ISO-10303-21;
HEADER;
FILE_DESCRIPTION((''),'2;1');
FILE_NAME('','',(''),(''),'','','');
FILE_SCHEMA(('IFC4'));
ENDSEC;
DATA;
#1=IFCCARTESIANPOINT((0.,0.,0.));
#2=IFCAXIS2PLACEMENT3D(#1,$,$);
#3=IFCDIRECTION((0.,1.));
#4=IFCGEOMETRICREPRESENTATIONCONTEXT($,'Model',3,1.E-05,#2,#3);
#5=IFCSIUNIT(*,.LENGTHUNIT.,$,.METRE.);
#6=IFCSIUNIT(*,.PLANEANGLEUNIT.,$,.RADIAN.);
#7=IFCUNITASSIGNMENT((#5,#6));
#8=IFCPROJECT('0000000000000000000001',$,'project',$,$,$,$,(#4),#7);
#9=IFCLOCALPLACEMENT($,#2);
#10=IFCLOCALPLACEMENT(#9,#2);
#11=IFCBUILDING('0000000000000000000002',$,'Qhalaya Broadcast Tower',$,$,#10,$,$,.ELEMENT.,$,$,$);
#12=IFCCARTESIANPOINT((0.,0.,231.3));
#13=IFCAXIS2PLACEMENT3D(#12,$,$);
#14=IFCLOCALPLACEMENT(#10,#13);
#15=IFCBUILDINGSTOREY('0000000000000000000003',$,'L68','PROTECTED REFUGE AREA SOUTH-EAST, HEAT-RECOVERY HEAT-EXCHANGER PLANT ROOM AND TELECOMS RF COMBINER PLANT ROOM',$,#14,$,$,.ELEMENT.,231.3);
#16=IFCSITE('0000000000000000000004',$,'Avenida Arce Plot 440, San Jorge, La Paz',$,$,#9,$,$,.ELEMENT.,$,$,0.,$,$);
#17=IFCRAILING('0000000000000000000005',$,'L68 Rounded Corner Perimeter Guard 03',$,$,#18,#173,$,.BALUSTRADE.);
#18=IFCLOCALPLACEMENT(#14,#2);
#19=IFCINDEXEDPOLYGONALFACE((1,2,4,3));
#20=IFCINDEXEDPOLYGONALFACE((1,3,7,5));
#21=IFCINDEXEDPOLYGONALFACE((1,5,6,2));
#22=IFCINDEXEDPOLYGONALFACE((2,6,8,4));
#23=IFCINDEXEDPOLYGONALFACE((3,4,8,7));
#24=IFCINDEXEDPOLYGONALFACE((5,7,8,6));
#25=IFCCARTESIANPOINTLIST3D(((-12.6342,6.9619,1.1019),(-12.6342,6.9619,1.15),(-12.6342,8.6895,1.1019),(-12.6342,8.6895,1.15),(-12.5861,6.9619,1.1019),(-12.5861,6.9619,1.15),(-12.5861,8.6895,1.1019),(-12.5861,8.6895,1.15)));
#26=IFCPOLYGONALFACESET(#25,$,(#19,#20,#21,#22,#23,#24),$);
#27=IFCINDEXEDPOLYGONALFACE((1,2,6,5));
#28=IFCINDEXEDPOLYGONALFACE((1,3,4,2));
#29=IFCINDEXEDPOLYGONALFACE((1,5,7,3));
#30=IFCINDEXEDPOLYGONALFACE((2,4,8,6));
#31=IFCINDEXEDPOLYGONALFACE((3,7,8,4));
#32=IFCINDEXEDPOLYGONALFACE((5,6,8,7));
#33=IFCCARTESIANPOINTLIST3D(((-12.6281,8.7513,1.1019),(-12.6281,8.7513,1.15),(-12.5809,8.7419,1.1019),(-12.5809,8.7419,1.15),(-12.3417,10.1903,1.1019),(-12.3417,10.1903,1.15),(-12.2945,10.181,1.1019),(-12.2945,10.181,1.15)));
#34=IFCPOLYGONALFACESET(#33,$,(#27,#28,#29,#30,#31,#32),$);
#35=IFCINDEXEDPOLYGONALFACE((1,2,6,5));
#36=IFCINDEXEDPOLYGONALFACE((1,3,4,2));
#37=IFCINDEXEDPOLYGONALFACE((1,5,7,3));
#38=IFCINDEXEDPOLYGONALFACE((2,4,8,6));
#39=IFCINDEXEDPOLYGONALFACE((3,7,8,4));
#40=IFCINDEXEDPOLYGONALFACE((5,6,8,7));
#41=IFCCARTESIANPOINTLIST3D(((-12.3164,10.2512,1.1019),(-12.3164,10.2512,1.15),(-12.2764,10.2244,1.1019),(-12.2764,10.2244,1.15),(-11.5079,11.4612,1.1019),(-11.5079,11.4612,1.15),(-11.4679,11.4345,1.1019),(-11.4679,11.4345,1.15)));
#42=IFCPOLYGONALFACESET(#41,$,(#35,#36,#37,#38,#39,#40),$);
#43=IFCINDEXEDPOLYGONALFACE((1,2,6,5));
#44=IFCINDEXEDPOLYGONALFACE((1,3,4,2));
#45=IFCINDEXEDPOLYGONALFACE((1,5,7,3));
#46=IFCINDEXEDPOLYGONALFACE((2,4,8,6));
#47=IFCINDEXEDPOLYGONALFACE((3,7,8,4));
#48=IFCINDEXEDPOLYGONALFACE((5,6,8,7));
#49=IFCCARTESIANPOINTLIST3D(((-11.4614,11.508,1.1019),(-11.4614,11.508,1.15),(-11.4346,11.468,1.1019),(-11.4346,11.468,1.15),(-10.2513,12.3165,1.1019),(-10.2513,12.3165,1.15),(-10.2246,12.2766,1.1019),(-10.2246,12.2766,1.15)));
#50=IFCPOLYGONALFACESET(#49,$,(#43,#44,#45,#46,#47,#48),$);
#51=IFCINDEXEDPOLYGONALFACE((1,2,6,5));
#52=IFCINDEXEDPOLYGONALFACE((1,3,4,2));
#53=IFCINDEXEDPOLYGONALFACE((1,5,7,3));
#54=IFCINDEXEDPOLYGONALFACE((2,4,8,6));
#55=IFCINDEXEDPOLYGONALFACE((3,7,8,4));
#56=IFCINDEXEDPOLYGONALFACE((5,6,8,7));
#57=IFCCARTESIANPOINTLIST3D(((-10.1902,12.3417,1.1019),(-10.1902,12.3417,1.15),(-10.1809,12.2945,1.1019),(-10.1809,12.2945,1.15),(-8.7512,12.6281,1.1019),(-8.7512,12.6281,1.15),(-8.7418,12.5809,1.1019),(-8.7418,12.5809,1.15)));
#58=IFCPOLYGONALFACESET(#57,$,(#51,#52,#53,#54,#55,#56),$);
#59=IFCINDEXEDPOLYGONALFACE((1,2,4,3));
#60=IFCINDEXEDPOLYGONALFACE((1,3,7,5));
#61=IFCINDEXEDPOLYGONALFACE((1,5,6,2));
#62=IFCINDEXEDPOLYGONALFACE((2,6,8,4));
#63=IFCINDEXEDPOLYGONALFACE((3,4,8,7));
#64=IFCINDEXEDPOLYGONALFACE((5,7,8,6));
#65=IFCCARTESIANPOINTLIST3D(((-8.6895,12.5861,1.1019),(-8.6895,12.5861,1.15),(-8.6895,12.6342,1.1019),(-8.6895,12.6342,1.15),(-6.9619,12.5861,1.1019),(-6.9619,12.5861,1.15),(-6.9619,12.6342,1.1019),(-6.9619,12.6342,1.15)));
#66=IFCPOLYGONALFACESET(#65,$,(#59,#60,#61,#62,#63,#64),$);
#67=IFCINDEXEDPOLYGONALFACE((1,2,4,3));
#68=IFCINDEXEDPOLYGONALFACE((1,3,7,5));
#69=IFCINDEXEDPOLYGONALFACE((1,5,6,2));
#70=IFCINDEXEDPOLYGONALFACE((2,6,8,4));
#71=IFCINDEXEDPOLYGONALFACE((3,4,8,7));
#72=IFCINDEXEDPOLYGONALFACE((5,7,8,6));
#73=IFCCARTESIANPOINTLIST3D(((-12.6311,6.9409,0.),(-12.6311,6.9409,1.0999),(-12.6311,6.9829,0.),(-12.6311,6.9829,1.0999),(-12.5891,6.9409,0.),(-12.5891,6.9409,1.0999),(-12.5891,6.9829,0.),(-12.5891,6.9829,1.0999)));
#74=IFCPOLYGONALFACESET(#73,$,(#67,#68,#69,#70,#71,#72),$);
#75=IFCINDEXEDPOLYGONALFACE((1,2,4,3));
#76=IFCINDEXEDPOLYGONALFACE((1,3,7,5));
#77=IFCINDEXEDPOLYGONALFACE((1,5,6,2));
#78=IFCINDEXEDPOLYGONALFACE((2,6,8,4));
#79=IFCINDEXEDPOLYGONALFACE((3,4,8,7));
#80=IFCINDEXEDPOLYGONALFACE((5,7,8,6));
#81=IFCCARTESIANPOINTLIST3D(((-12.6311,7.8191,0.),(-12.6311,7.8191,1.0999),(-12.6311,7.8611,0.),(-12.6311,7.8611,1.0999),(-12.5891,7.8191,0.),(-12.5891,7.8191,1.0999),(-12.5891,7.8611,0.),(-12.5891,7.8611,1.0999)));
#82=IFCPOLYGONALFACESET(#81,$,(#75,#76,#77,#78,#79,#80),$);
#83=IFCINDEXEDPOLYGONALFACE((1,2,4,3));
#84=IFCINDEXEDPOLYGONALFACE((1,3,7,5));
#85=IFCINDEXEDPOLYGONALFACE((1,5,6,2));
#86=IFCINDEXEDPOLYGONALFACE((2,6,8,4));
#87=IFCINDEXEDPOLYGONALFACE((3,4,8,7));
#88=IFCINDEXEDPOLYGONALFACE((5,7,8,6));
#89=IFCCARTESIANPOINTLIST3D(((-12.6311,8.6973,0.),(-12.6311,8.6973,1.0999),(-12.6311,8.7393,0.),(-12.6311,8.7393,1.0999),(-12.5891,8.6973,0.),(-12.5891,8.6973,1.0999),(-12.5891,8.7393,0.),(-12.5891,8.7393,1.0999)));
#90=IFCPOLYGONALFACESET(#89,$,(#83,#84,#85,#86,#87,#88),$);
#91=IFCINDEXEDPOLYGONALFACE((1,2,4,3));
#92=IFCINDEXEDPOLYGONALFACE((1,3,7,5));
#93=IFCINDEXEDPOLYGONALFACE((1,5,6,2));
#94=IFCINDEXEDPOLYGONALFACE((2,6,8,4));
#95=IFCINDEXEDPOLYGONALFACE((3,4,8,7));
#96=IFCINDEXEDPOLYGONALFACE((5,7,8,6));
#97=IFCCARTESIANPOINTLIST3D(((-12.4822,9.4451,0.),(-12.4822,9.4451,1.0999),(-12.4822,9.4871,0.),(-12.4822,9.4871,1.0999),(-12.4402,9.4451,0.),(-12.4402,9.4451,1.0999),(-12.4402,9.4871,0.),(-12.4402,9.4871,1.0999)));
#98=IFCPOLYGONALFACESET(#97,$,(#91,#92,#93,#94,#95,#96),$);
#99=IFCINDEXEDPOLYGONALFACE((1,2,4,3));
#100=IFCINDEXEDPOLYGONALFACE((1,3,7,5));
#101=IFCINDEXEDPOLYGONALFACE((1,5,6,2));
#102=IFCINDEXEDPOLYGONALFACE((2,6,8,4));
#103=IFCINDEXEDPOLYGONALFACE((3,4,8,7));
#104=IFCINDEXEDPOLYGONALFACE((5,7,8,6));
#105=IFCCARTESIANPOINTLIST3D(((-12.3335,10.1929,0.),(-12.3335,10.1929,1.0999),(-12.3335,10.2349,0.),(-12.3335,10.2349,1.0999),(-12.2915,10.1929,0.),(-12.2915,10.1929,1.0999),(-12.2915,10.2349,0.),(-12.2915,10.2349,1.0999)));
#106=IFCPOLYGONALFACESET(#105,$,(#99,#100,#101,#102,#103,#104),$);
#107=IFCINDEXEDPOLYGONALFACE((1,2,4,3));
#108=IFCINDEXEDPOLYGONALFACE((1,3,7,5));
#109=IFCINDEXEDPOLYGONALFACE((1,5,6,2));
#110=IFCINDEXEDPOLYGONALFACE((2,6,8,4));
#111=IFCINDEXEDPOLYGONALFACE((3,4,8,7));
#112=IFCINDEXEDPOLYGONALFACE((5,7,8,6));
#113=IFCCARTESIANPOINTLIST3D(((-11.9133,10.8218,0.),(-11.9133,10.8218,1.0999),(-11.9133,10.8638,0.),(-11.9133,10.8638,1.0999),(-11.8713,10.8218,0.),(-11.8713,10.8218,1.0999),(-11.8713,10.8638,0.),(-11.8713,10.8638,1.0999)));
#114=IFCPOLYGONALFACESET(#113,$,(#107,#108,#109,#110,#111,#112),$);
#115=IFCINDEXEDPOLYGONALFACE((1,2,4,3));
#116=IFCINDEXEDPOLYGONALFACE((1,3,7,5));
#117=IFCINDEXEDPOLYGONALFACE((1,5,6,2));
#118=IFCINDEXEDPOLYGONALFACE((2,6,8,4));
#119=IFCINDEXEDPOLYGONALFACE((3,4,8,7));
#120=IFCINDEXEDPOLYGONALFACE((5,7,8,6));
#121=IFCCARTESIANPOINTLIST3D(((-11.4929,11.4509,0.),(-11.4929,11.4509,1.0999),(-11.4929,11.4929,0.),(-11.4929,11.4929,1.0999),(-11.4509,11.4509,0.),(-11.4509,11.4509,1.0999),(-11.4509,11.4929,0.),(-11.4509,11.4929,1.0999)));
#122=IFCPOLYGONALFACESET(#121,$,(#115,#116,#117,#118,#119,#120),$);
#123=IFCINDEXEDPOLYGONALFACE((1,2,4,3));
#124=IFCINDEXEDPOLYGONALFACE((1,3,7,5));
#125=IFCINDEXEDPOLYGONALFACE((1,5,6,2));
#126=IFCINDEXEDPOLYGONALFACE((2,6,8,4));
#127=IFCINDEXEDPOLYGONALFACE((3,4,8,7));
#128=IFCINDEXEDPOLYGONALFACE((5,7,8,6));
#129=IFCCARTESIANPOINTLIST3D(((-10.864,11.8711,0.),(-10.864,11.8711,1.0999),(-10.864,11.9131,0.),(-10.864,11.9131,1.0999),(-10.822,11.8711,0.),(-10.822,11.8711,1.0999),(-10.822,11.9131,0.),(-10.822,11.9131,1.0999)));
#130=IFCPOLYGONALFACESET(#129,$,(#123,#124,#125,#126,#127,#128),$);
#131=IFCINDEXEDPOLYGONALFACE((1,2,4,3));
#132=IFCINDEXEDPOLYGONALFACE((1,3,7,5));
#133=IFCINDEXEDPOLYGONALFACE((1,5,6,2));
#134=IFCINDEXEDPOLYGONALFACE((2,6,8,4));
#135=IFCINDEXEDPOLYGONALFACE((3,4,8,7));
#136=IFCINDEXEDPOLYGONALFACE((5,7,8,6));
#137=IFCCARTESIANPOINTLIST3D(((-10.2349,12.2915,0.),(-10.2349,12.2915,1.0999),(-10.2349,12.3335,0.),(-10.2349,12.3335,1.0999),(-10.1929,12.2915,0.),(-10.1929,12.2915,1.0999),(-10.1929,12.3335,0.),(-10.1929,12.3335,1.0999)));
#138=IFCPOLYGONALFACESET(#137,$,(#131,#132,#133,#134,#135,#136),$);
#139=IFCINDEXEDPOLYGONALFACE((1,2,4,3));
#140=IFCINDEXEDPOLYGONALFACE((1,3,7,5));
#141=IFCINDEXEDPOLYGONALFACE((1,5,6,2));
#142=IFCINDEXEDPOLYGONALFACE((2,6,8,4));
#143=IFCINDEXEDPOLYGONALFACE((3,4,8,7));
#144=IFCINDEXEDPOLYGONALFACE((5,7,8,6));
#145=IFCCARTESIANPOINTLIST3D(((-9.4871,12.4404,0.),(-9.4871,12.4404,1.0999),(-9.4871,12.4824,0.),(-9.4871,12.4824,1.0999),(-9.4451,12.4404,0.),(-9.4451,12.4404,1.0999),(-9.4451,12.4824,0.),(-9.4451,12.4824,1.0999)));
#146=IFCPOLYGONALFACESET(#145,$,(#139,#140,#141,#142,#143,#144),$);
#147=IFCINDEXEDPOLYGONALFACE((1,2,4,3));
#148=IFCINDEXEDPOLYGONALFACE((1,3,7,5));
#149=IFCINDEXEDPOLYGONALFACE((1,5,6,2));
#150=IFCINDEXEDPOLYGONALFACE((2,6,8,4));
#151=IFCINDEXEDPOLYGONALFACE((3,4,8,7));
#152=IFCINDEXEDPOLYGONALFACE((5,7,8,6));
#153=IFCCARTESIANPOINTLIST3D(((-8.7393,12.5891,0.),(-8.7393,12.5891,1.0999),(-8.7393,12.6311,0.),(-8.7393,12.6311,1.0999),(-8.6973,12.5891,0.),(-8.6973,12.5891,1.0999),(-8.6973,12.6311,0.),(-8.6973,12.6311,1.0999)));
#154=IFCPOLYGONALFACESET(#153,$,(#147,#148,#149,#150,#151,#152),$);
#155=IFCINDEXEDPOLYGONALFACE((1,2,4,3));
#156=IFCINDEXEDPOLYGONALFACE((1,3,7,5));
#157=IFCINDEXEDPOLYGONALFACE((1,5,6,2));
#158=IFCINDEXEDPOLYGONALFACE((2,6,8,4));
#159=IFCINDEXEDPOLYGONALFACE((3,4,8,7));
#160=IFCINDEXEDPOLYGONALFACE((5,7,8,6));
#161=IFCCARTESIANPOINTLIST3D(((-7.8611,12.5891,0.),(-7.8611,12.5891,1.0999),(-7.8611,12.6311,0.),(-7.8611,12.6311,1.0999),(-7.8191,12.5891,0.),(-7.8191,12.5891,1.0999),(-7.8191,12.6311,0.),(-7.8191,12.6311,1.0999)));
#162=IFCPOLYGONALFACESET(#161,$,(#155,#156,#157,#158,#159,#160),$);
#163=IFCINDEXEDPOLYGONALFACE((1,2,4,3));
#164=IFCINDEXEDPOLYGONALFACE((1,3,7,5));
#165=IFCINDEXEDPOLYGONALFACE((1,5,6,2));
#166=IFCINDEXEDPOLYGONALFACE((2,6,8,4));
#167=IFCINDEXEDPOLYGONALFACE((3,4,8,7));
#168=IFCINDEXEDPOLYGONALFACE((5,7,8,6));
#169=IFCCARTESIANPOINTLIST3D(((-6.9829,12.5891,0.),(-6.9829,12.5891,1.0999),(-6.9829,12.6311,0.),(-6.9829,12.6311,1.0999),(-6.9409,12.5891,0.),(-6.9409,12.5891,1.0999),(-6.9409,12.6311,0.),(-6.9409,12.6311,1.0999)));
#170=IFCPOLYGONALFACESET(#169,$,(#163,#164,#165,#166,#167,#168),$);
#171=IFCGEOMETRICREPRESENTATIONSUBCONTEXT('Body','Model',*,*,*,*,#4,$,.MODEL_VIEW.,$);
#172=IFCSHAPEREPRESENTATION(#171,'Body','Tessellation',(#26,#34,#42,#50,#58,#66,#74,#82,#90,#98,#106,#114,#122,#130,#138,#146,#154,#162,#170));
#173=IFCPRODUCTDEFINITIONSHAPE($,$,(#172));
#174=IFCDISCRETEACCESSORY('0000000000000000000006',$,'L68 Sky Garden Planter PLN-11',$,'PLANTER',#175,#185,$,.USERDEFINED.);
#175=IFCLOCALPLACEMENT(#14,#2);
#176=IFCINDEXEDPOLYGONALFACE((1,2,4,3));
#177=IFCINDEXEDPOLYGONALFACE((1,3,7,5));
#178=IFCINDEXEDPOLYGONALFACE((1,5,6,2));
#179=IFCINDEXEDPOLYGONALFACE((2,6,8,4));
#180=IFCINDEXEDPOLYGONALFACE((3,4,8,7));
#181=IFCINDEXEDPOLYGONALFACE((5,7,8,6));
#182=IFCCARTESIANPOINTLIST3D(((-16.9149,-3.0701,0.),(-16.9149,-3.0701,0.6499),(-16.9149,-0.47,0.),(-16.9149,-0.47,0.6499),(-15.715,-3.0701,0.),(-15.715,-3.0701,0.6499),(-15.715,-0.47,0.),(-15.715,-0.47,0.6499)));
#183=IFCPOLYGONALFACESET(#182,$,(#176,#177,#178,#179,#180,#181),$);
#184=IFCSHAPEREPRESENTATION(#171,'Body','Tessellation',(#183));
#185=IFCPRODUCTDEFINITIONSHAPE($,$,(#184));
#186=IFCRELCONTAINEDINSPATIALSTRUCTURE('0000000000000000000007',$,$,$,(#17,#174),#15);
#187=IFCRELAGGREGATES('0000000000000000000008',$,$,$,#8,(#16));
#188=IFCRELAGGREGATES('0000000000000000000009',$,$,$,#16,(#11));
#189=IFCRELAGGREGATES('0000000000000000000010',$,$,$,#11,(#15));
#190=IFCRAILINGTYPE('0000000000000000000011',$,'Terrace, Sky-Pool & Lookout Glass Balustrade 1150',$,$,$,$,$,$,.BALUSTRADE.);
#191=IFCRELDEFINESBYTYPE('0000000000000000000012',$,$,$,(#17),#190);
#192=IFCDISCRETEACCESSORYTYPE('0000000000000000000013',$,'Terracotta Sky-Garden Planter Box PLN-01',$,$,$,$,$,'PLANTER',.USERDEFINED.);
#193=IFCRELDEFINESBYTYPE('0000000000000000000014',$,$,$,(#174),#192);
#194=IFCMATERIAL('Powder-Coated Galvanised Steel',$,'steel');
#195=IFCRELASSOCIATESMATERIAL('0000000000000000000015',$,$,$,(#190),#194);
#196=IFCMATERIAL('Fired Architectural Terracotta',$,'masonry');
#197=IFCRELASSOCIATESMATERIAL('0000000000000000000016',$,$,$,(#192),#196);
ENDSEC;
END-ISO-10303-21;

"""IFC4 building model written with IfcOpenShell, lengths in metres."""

from ifc_helpers import new_model, si_unit, direction, frame, origin, origin_2d, place, context, subcontext, project, spatial, rectangle, extrude, material, type_object, element, save


model = new_model("IFC4")

# Units and contexts
model_context = context("Model", 3, precision=1e-05, world=origin(), true_north=direction((0.0, 1.0)))
body_context = subcontext(model_context, "Body", "Model", "MODEL_VIEW")
ifc_project = project(units=[si_unit("LENGTHUNIT", "METRE"), si_unit("PLANEANGLEUNIT", "RADIAN")], contexts=[model_context])

# Site, building, storey
site_placement = place(None, origin())
site = spatial("IfcSite", under=ifc_project, at=site_placement, Name="Avenida Arce Plot 440, San Jorge, La Paz", CompositionType="ELEMENT", RefElevation=0.0)
building_placement = place(site_placement, origin())
building = spatial("IfcBuilding", under=site, at=building_placement, Name="Qhalaya Broadcast Tower", CompositionType="ELEMENT")
storey_placement = place(building_placement, frame((0.0, 0.0, 231.3)))
storey = spatial("IfcBuildingStorey", under=building, at=storey_placement, Name="L68", Description="PROTECTED REFUGE AREA SOUTH-EAST, HEAT-RECOVERY HEAT-EXCHANGER PLANT ROOM AND TELECOMS RF COMBINER PLANT ROOM", CompositionType="ELEMENT", Elevation=231.3)

# Shared definitions
ifc_material_1 = material(Name="Fired Architectural Terracotta", Category="masonry")

# Railing
ifc_material_2 = material(Name="Powder-Coated Galvanised Steel", Category="steel")
railing_type = type_object("IfcRailingType", Name="Terrace, Sky-Pool & Lookout Glass Balustrade 1150", PredefinedType="BALUSTRADE", material=ifc_material_2)
railing_placement = place(storey_placement, frame((-12.6101, 6.9619, 0.0)))
element("IfcRailing", 1, at=railing_placement, inside=storey, type_object=railing_type, Name="L68 Rounded Corner Perimeter Guard 03", PredefinedType="BALUSTRADE", context=body_context, shape_type="SweptSolid", body=[
    extrude(rectangle(XDim=0.0481, YDim=0.0481, at=origin_2d()), frame((0.0, 0.0, 1.126), z_axis=(0.0, 1.0, 0.0), x_axis=(-1.0, 0.0, 0.0)), (0.0, 0.0, 1.0), 1.7275),
    extrude(rectangle(XDim=0.0481, YDim=0.0481, at=origin_2d()), frame((0.0056, 1.7847, 1.126), z_axis=(0.195162, 0.980771, 0.0), x_axis=(-0.980771, 0.195162, 0.0)), (0.0, 0.0, 1.0), 1.4673),
    extrude(rectangle(XDim=0.0481, YDim=0.0481, at=origin_2d()), frame((0.3137, 3.2759, 1.126), z_axis=(0.555556, 0.831479, 0.0), x_axis=(-0.831479, 0.555556, 0.0)), (0.0, 0.0, 1.0), 1.4553),
    extrude(rectangle(XDim=0.0481, YDim=0.0481, at=origin_2d()), frame((1.1621, 4.5261, 1.126), z_axis=(0.831479, 0.555556, 0.0), x_axis=(-0.555556, 0.831479, 0.0)), (0.0, 0.0, 1.0), 1.4553),
    extrude(rectangle(XDim=0.0481, YDim=0.0481, at=origin_2d()), frame((2.4246, 5.3562, 1.126), z_axis=(0.980771, 0.195162, 0.0), x_axis=(-0.195162, 0.980771, 0.0)), (0.0, 0.0, 1.0), 1.4673),
    extrude(rectangle(XDim=0.0481, YDim=0.0481, at=origin_2d()), frame((3.9207, 5.6482, 1.126), z_axis=(1.0, 0.0, 0.0), x_axis=(0.0, 1.0, 0.0)), (0.0, 0.0, 1.0), 1.7275),
    extrude(rectangle(XDim=0.042, YDim=0.042, at=origin_2d()), origin(), (0.0, 0.0, 1.0), 1.0999),
    extrude(rectangle(XDim=0.042, YDim=0.042, at=origin_2d()), frame((0.0, 0.8782, 0.0)), (0.0, 0.0, 1.0), 1.0999),
    extrude(rectangle(XDim=0.042, YDim=0.042, at=origin_2d()), frame((0.0, 1.7563, 0.0)), (0.0, 0.0, 1.0), 1.0999),
    extrude(rectangle(XDim=0.042, YDim=0.042, at=origin_2d()), frame((0.1489, 2.5042, 0.0)), (0.0, 0.0, 1.0), 1.0999),
    extrude(rectangle(XDim=0.042, YDim=0.042, at=origin_2d()), frame((0.2976, 3.252, 0.0)), (0.0, 0.0, 1.0), 1.0999),
    extrude(rectangle(XDim=0.042, YDim=0.042, at=origin_2d()), frame((0.7178, 3.8809, 0.0)), (0.0, 0.0, 1.0), 1.0999),
    extrude(rectangle(XDim=0.042, YDim=0.042, at=origin_2d()), frame((1.1382, 4.51, 0.0)), (0.0, 0.0, 1.0), 1.0999),
    extrude(rectangle(XDim=0.042, YDim=0.042, at=origin_2d()), frame((1.7671, 4.9302, 0.0)), (0.0, 0.0, 1.0), 1.0999),
    extrude(rectangle(XDim=0.042, YDim=0.042, at=origin_2d()), frame((2.3962, 5.3506, 0.0)), (0.0, 0.0, 1.0), 1.0999),
    extrude(rectangle(XDim=0.042, YDim=0.042, at=origin_2d()), frame((3.144, 5.4995, 0.0)), (0.0, 0.0, 1.0), 1.0999),
    extrude(rectangle(XDim=0.042, YDim=0.042, at=origin_2d()), frame((3.8918, 5.6482, 0.0)), (0.0, 0.0, 1.0), 1.0999),
    extrude(rectangle(XDim=0.042, YDim=0.042, at=origin_2d()), frame((4.77, 5.6482, 0.0)), (0.0, 0.0, 1.0), 1.0999),
    extrude(rectangle(XDim=0.042, YDim=0.042, at=origin_2d()), frame((5.6482, 5.6482, 0.0)), (0.0, 0.0, 1.0), 1.0999),
])

# Discrete accessory
discrete_accessory_type = type_object("IfcDiscreteAccessoryType", Name="Terracotta Sky-Garden Planter Box PLN-01", ElementType="PLANTER", PredefinedType="USERDEFINED", material=ifc_material_1)
discrete_accessory_placement = place(storey_placement, frame((-16.3149, -1.77, 0.0), z_axis=(0.0, 0.0, 1.0), x_axis=(1.0, 0.0, 0.0)))
element("IfcDiscreteAccessory", 2, at=discrete_accessory_placement, inside=storey, type_object=discrete_accessory_type, Name="L68 Sky Garden Planter PLN-11", ObjectType="PLANTER", PredefinedType="USERDEFINED", context=body_context, shape_type="SweptSolid", body=[
    extrude(rectangle(XDim=1.2, YDim=2.6001, at=origin_2d()), origin(), (0.0, 0.0, 1.0), 0.6499),
])

save(model, "model.ifc")
